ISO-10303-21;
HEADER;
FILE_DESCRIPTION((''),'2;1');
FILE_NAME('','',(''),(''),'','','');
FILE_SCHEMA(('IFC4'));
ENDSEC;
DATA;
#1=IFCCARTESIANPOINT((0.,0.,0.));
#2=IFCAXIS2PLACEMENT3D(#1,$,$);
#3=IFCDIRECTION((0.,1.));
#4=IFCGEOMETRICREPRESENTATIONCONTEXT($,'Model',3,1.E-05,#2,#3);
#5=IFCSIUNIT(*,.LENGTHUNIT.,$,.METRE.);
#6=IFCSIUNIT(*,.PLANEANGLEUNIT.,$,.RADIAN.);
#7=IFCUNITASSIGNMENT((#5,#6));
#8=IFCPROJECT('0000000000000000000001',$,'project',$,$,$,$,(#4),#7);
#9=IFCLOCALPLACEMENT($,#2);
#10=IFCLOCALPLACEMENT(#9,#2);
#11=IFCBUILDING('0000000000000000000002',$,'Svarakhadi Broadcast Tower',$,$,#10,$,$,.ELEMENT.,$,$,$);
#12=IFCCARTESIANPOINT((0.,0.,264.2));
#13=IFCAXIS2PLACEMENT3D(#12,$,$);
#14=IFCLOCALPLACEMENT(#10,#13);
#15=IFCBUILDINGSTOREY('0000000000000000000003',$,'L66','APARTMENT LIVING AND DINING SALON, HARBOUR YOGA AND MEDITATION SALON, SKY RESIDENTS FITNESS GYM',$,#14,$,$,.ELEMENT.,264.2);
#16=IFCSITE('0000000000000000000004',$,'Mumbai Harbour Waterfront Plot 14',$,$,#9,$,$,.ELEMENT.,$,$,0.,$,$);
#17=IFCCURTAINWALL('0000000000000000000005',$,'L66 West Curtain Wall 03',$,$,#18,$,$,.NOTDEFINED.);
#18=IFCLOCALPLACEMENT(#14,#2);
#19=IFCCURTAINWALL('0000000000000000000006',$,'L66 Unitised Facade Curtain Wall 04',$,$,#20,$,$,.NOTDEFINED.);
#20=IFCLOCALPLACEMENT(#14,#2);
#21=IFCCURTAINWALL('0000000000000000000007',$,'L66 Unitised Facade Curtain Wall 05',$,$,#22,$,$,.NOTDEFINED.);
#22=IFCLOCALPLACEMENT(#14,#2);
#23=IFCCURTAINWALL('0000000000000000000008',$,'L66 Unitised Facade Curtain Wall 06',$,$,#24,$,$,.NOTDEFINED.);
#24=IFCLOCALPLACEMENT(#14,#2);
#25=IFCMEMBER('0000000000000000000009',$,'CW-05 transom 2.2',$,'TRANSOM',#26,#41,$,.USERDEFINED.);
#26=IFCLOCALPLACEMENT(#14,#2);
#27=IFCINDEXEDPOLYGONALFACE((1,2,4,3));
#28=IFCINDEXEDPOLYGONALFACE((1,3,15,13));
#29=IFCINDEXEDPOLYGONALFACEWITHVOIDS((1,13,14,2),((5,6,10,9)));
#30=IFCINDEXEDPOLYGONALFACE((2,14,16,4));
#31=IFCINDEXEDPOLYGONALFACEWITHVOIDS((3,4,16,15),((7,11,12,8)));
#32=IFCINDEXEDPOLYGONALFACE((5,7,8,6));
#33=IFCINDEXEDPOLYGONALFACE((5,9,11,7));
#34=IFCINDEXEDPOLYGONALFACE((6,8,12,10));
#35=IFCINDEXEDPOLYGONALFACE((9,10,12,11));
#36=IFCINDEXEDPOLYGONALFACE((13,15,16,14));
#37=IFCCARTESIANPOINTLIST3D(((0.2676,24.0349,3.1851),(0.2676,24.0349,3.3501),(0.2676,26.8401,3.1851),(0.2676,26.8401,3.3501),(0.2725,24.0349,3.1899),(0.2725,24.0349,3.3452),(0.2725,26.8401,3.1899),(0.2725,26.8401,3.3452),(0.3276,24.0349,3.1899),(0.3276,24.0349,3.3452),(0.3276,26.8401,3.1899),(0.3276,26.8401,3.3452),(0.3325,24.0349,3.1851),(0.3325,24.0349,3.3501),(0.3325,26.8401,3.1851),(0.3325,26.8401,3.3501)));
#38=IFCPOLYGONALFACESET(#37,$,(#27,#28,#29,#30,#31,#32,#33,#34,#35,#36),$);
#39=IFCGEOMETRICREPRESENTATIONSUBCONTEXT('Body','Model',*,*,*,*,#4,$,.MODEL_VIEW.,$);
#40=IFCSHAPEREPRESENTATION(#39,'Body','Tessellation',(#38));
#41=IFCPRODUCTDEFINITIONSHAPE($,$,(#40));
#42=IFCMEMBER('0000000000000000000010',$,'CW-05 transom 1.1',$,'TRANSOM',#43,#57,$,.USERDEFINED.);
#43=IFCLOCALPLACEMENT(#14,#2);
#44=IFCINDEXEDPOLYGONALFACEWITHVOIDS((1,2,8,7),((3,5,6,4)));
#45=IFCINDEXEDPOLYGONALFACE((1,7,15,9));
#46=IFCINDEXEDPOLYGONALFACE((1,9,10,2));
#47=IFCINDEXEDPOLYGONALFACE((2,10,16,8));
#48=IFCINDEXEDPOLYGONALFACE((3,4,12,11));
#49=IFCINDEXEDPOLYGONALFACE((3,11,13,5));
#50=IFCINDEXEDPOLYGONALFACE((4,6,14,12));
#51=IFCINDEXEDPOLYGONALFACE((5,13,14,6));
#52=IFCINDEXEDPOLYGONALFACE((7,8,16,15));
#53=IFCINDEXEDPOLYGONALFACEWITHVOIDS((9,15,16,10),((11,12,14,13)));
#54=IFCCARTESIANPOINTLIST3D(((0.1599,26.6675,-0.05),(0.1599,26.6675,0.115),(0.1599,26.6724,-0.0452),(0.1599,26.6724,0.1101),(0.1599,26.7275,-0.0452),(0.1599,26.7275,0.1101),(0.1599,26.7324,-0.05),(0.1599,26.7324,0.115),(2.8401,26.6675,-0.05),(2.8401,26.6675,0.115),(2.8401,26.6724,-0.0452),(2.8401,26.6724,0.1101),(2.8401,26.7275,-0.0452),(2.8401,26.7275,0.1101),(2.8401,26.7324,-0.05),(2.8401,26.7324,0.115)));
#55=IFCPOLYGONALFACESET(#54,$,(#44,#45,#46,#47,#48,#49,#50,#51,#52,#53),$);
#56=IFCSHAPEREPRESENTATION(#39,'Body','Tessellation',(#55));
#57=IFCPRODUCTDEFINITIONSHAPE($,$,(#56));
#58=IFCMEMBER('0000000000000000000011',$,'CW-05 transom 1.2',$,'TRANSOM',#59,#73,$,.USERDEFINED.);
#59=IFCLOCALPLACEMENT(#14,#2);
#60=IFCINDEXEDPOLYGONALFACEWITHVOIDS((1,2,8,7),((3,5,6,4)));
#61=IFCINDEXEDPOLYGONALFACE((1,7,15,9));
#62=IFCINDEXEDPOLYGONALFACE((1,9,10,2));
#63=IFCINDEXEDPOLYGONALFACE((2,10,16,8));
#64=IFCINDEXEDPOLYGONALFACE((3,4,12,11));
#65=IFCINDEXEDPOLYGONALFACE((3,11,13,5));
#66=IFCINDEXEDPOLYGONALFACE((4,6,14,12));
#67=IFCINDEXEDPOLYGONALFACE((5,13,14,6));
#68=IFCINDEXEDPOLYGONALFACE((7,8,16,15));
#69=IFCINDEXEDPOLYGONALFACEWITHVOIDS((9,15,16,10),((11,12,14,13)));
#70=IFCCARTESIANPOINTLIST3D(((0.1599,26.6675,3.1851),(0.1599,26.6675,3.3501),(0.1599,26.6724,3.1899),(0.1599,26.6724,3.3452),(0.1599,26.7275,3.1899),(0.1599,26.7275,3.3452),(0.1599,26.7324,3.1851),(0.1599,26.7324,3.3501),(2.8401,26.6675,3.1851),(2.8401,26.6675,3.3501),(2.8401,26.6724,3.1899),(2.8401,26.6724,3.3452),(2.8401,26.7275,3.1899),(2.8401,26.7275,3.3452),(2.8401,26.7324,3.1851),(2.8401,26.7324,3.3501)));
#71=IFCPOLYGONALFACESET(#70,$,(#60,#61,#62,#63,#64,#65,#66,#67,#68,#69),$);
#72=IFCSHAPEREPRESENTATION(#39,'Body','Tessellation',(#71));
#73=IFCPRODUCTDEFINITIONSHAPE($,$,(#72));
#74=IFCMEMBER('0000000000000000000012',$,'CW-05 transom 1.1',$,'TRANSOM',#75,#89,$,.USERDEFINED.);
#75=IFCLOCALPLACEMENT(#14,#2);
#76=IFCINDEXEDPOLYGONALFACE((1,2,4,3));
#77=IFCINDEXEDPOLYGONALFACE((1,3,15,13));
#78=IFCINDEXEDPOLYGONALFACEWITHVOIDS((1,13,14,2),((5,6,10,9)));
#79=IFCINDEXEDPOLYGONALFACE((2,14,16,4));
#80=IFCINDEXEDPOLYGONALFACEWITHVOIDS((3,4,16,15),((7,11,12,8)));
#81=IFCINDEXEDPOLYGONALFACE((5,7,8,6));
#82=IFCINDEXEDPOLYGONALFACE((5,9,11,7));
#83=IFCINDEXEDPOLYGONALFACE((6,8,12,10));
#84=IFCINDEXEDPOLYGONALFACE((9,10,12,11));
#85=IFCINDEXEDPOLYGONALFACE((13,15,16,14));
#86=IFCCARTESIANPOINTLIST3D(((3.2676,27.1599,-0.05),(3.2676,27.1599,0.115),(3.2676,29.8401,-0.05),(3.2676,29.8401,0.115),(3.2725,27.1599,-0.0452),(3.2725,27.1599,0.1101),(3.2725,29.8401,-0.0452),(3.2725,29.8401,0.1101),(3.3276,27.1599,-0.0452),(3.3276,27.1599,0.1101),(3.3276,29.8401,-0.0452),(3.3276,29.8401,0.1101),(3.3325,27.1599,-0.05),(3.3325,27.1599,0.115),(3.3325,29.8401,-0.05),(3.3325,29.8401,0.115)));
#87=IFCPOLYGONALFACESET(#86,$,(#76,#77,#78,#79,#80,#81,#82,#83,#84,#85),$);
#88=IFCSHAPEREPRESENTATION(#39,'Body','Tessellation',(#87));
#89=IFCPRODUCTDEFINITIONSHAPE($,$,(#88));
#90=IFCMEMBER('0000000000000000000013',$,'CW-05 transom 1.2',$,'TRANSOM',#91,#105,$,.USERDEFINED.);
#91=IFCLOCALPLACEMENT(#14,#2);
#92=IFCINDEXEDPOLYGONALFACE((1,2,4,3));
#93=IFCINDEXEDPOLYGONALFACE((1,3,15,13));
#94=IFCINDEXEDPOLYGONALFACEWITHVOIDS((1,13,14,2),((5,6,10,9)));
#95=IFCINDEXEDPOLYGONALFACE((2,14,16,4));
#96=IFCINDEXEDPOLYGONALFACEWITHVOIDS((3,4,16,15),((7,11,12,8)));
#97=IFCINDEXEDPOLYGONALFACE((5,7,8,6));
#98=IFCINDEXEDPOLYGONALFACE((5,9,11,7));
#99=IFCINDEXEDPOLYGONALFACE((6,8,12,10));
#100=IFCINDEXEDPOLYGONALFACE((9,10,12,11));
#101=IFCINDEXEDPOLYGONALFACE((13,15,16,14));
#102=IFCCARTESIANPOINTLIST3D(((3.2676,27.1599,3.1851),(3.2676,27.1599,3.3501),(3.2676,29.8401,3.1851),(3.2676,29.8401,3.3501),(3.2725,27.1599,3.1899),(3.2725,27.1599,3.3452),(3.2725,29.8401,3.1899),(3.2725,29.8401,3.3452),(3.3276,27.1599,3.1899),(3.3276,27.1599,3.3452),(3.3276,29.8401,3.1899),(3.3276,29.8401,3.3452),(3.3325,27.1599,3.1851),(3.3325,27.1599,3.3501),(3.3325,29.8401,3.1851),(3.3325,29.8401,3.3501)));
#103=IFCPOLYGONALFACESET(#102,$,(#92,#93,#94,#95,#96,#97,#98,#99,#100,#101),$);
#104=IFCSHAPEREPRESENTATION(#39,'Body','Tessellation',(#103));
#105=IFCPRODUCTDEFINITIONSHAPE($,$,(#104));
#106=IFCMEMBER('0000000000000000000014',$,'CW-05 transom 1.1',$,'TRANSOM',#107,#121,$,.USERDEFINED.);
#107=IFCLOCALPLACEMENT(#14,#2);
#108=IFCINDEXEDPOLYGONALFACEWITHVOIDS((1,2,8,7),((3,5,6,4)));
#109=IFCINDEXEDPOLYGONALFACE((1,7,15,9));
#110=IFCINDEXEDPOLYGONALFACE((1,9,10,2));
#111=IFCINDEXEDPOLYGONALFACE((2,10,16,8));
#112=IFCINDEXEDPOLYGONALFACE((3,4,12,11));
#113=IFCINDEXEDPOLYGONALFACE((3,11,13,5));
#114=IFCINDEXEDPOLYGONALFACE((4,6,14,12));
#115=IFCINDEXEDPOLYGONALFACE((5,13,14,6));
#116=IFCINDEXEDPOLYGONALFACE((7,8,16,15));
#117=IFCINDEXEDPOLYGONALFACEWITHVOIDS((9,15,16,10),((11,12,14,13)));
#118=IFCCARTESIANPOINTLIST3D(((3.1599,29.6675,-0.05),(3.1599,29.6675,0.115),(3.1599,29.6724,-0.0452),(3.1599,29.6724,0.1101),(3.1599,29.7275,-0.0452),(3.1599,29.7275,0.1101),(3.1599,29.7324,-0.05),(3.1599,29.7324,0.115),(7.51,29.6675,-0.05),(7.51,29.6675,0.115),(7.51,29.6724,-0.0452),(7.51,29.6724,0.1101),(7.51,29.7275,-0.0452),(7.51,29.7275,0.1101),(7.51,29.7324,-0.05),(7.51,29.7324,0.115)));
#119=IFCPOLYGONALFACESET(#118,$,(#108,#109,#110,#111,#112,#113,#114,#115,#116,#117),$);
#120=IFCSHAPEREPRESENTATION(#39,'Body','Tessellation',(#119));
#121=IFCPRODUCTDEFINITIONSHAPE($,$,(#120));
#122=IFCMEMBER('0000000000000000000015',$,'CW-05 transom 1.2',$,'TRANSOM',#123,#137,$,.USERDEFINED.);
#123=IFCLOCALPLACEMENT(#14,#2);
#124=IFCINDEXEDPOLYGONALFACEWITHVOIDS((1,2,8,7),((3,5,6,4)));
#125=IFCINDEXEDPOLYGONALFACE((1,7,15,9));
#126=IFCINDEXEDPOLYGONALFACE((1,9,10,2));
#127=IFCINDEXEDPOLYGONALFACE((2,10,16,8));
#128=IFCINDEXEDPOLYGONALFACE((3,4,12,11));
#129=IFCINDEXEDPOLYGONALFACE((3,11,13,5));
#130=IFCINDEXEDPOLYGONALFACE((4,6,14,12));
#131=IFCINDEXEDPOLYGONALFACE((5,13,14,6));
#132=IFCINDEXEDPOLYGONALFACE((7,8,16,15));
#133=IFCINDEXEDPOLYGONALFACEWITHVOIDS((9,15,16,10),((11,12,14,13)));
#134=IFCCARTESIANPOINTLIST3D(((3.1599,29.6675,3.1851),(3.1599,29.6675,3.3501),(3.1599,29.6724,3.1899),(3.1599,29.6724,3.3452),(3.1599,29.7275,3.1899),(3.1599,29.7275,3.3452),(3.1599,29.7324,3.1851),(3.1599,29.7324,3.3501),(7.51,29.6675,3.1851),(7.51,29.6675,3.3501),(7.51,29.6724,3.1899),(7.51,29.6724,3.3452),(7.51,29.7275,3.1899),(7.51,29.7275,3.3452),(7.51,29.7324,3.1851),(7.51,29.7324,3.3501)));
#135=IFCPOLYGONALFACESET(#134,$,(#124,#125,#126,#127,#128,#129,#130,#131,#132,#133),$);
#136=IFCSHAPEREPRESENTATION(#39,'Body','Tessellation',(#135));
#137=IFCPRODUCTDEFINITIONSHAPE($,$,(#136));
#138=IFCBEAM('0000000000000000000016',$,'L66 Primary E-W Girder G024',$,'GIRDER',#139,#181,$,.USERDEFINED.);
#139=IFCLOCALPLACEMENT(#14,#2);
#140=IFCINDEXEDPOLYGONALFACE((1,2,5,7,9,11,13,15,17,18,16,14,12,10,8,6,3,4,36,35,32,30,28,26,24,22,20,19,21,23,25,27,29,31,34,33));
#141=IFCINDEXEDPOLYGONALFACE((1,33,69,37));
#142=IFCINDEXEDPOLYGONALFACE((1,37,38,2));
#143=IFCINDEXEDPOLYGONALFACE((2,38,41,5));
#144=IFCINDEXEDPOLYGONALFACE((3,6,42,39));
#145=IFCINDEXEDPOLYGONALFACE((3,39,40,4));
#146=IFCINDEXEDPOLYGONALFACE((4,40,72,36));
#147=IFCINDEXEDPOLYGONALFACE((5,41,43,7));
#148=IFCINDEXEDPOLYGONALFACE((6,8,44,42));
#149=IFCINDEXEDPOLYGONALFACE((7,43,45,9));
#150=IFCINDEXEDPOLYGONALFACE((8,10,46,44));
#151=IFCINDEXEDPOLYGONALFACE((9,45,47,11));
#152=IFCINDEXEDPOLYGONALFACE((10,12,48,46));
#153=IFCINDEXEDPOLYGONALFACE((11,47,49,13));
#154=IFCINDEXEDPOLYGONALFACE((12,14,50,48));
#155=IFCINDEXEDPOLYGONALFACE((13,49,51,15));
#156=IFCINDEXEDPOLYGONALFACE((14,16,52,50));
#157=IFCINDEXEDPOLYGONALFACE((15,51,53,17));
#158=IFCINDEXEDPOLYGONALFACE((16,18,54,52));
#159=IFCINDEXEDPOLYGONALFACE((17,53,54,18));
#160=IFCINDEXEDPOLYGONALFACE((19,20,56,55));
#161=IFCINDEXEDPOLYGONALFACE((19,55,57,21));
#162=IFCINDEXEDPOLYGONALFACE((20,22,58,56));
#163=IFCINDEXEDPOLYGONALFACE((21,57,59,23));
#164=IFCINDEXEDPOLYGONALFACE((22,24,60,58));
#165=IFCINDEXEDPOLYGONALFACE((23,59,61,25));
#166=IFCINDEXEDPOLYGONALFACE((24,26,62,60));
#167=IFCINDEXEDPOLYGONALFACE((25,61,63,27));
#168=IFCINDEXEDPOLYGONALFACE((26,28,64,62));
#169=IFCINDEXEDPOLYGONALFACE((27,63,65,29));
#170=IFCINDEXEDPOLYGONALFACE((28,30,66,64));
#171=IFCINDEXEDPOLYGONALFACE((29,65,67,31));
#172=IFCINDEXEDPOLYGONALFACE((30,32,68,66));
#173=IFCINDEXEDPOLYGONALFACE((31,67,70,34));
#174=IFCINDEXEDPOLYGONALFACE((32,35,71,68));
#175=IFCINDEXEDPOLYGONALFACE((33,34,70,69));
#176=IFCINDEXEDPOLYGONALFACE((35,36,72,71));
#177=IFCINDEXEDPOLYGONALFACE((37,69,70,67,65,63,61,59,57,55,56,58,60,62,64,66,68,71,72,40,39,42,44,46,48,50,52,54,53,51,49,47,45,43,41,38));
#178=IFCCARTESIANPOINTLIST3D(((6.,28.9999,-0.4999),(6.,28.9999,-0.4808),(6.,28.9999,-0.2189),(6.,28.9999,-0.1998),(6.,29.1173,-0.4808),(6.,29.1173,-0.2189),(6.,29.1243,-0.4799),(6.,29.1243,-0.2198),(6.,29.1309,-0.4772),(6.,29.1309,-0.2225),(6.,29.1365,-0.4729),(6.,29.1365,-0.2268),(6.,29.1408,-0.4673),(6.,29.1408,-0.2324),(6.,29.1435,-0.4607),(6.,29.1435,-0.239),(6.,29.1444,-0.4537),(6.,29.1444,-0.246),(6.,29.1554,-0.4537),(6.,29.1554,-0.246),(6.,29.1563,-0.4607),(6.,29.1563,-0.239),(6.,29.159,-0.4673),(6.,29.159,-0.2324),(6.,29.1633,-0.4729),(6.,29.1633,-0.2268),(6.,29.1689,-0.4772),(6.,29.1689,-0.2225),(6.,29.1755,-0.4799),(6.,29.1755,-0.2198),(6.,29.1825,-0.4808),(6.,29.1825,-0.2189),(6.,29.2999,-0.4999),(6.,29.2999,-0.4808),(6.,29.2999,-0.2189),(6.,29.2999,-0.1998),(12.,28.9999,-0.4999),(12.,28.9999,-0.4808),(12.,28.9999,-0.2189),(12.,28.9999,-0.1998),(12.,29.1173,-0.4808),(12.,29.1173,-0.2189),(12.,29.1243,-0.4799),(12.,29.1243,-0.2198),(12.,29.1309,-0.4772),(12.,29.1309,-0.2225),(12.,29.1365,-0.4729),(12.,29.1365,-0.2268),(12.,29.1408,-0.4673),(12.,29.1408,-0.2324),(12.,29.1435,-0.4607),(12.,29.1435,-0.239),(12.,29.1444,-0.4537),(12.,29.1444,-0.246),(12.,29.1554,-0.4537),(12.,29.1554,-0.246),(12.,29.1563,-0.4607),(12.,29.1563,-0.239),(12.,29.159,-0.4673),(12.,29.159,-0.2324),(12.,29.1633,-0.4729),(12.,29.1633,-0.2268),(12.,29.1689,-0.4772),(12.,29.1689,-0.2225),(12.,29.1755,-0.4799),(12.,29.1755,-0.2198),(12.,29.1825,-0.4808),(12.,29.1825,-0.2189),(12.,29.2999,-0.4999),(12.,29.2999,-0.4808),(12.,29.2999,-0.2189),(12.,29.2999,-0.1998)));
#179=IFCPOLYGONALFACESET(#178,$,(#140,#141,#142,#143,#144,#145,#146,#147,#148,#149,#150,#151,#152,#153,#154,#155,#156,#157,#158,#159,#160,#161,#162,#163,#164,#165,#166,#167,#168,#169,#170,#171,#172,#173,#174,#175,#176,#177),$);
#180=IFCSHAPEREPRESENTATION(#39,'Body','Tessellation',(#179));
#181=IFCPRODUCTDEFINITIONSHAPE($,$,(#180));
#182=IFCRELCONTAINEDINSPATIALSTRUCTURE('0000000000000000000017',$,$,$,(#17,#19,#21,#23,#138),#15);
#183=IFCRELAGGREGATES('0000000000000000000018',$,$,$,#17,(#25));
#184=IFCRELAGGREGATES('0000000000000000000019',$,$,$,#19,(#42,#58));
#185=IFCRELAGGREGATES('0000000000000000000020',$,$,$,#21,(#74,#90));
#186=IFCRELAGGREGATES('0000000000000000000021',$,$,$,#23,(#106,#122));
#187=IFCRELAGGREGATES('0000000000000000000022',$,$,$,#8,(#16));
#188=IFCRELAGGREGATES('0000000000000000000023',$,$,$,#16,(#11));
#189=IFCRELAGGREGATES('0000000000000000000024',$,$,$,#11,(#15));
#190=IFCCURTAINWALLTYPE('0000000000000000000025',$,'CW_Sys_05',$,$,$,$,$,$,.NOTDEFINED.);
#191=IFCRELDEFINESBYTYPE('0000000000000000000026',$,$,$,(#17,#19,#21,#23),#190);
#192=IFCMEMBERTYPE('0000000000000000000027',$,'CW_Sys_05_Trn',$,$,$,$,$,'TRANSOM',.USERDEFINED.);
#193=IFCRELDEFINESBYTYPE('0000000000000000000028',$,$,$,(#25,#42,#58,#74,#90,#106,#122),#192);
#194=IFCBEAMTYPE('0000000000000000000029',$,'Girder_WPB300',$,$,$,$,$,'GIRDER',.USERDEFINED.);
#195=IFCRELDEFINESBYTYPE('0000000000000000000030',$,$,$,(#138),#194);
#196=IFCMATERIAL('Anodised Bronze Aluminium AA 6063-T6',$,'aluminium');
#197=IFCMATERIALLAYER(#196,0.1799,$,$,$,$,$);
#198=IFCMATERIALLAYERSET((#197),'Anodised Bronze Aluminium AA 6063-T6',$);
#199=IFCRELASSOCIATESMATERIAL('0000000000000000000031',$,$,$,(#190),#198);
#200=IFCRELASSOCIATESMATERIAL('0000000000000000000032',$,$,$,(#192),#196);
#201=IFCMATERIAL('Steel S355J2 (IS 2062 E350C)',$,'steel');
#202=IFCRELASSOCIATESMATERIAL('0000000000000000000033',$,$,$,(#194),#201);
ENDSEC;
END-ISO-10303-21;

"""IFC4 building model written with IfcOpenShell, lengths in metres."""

from ifc_helpers import new_model, si_unit, direction, frame, origin, origin_2d, place, context, subcontext, project, spatial, hollow_rectangle, i_section, extrude, material, layer, layer_set, material_profile, profile_set, type_object, element, aggregate, save


model = new_model("IFC4")

# Units and contexts
model_context = context("Model", 3, precision=1e-05, world=origin(), true_north=direction((0.0, 1.0)))
body_context = subcontext(model_context, "Body", "Model", "MODEL_VIEW")
ifc_project = project(units=[si_unit("LENGTHUNIT", "METRE"), si_unit("PLANEANGLEUNIT", "RADIAN")], contexts=[model_context])

# Site, building, storey
site_placement = place(None, origin())
site = spatial("IfcSite", under=ifc_project, at=site_placement, Name="Mumbai Harbour Waterfront Plot 14", CompositionType="ELEMENT", RefElevation=0.0)
building_placement = place(site_placement, origin())
building = spatial("IfcBuilding", under=site, at=building_placement, Name="Svarakhadi Broadcast Tower", CompositionType="ELEMENT")
storey_placement = place(building_placement, frame((0.0, 0.0, 264.2)))
storey = spatial("IfcBuildingStorey", under=building, at=storey_placement, Name="L66", Description="APARTMENT LIVING AND DINING SALON, HARBOUR YOGA AND MEDITATION SALON, SKY RESIDENTS FITNESS GYM", CompositionType="ELEMENT", Elevation=264.2)

# Curtain wall
ifc_material_1 = material(Name="Anodised Bronze Aluminium AA 6063-T6", Category="aluminium")
ifc_layer_1 = layer(ifc_material_1, 0.1799)
ifc_layer_set_1 = layer_set([ifc_layer_1], Name="Anodised Bronze Aluminium AA 6063-T6")
curtain_wall_type = type_object("IfcCurtainWallType", Name="CW_Sys_05", PredefinedType="NOTDEFINED", material=ifc_layer_set_1)
curtain_wall_1_placement = place(storey_placement, origin())
curtain_wall_1 = element("IfcCurtainWall", 1, at=curtain_wall_1_placement, inside=storey, type_object=curtain_wall_type, Name="L66 West Curtain Wall 03", PredefinedType="NOTDEFINED")

# Curtain walls
curtain_wall_2_placement = place(storey_placement, origin())
curtain_wall_2 = element("IfcCurtainWall", 2, at=curtain_wall_2_placement, inside=storey, type_object=curtain_wall_type, Name="L66 Unitised Facade Curtain Wall 04", PredefinedType="NOTDEFINED")
curtain_wall_3_placement = place(storey_placement, origin())
curtain_wall_3 = element("IfcCurtainWall", 3, at=curtain_wall_3_placement, inside=storey, type_object=curtain_wall_type, Name="L66 Unitised Facade Curtain Wall 05", PredefinedType="NOTDEFINED")

# Curtain wall
curtain_wall_4_placement = place(storey_placement, origin())
curtain_wall_4 = element("IfcCurtainWall", 4, at=curtain_wall_4_placement, inside=storey, type_object=curtain_wall_type, Name="L66 Unitised Facade Curtain Wall 06", PredefinedType="NOTDEFINED")

# Members
ifc_material_profile_1 = material_profile(ifc_material_1, hollow_rectangle(XDim=0.0649, YDim=0.165, WallThickness=0.0049, at=origin_2d()), Name="ALU TRANSOM 165x65x5")
ifc_profile_set_1 = profile_set([ifc_material_profile_1], Name="Anodised Bronze Aluminium AA 6063-T6")
member_type_1 = type_object("IfcMemberType", Name="CW_Sys_05_Trn", ElementType="TRANSOM", PredefinedType="USERDEFINED", material=ifc_profile_set_1)
member_1_placement = place(storey_placement, frame((0.3, 24.0349, 3.2676), z_axis=(0.0, 1.0, 0.0), x_axis=(-1.0, 0.0, 0.0)))
member_1 = element("IfcMember", 5, at=member_1_placement, type_object=member_type_1, Name="CW-05 transom 2.2", ObjectType="TRANSOM", PredefinedType="USERDEFINED", context=body_context, shape_type="SweptSolid", body=[
    extrude(hollow_rectangle(XDim=0.0649, YDim=0.165, WallThickness=0.0049, at=origin_2d()), origin(), (0.0, 0.0, 1.0), 2.8052),
])
member_2_placement = place(storey_placement, frame((0.1599, 26.7, 0.0325), z_axis=(1.0, 0.0, 0.0), x_axis=(0.0, 1.0, 0.0)))
member_2 = element("IfcMember", 6, at=member_2_placement, type_object=member_type_1, Name="CW-05 transom 1.1", ObjectType="TRANSOM", PredefinedType="USERDEFINED", context=body_context, shape_type="SweptSolid", body=[
    extrude(hollow_rectangle(XDim=0.0649, YDim=0.165, WallThickness=0.0049, at=origin_2d()), origin(), (0.0, 0.0, 1.0), 2.6802),
])
member_3_placement = place(storey_placement, frame((0.1599, 26.7, 3.2676), z_axis=(1.0, 0.0, 0.0), x_axis=(0.0, 1.0, 0.0)))
member_3 = element("IfcMember", 7, at=member_3_placement, type_object=member_type_1, Name="CW-05 transom 1.2", ObjectType="TRANSOM", PredefinedType="USERDEFINED", context=body_context, shape_type="SweptSolid", body=[
    extrude(hollow_rectangle(XDim=0.0649, YDim=0.165, WallThickness=0.0049, at=origin_2d()), origin(), (0.0, 0.0, 1.0), 2.6802),
])
member_4_placement = place(storey_placement, frame((3.3, 27.1599, 0.0325), z_axis=(0.0, 1.0, 0.0), x_axis=(-1.0, 0.0, 0.0)))
member_4 = element("IfcMember", 8, at=member_4_placement, type_object=member_type_1, Name="CW-05 transom 1.1", ObjectType="TRANSOM", PredefinedType="USERDEFINED", context=body_context, shape_type="SweptSolid", body=[
    extrude(hollow_rectangle(XDim=0.0649, YDim=0.165, WallThickness=0.0049, at=origin_2d()), origin(), (0.0, 0.0, 1.0), 2.6802),
])
member_5_placement = place(storey_placement, frame((3.3, 27.1599, 3.2676), z_axis=(0.0, 1.0, 0.0), x_axis=(-1.0, 0.0, 0.0)))
member_5 = element("IfcMember", 9, at=member_5_placement, type_object=member_type_1, Name="CW-05 transom 1.2", ObjectType="TRANSOM", PredefinedType="USERDEFINED", context=body_context, shape_type="SweptSolid", body=[
    extrude(hollow_rectangle(XDim=0.0649, YDim=0.165, WallThickness=0.0049, at=origin_2d()), origin(), (0.0, 0.0, 1.0), 2.6802),
])
member_6_placement = place(storey_placement, frame((3.1599, 29.7, 0.0325), z_axis=(1.0, 0.0, 0.0), x_axis=(0.0, 1.0, 0.0)))
member_6 = element("IfcMember", 10, at=member_6_placement, type_object=member_type_1, Name="CW-05 transom 1.1", ObjectType="TRANSOM", PredefinedType="USERDEFINED", context=body_context, shape_type="SweptSolid", body=[
    extrude(hollow_rectangle(XDim=0.0649, YDim=0.165, WallThickness=0.0049, at=origin_2d()), origin(), (0.0, 0.0, 1.0), 4.3501),
])
member_7_placement = place(storey_placement, frame((3.1599, 29.7, 3.2676), z_axis=(1.0, 0.0, 0.0), x_axis=(0.0, 1.0, 0.0)))
member_7 = element("IfcMember", 11, at=member_7_placement, type_object=member_type_1, Name="CW-05 transom 1.2", ObjectType="TRANSOM", PredefinedType="USERDEFINED", context=body_context, shape_type="SweptSolid", body=[
    extrude(hollow_rectangle(XDim=0.0649, YDim=0.165, WallThickness=0.0049, at=origin_2d()), origin(), (0.0, 0.0, 1.0), 4.3501),
])

# Beam
ifc_material_2 = material(Name="Steel S355J2 (IS 2062 E350C)", Category="steel")
ifc_material_profile_2 = material_profile(ifc_material_2, i_section(OverallWidth=0.3, OverallDepth=0.3, WebThickness=0.011, FlangeThickness=0.019, FilletRadius=0.0271, at=origin_2d()), Name="WPB 300x300x117")
ifc_profile_set_2 = profile_set([ifc_material_profile_2], Name="Steel S355J2 (IS 2062 E350C)")
beam_type_1 = type_object("IfcBeamType", Name="Girder_WPB300", ElementType="GIRDER", PredefinedType="USERDEFINED", material=ifc_profile_set_2)
beam_1_placement = place(storey_placement, frame((6.0, 29.1499, -0.3499), z_axis=(1.0, 0.0, 0.0), x_axis=(0.0, 1.0, 0.0)))
element("IfcBeam", 12, at=beam_1_placement, inside=storey, type_object=beam_type_1, Name="L66 Primary E-W Girder G024", ObjectType="GIRDER", PredefinedType="USERDEFINED", context=body_context, shape_type="SweptSolid", body=[
    extrude(i_section(OverallWidth=0.3, OverallDepth=0.3, WebThickness=0.011, FlangeThickness=0.019, FilletRadius=0.0271, at=origin_2d()), origin(), (0.0, 0.0, 1.0), 6.0),
])

aggregate(curtain_wall_1, [member_1])
aggregate(curtain_wall_2, [member_2, member_3])
aggregate(curtain_wall_3, [member_4, member_5])
aggregate(curtain_wall_4, [member_6, member_7])

save(model, "model.ifc")
